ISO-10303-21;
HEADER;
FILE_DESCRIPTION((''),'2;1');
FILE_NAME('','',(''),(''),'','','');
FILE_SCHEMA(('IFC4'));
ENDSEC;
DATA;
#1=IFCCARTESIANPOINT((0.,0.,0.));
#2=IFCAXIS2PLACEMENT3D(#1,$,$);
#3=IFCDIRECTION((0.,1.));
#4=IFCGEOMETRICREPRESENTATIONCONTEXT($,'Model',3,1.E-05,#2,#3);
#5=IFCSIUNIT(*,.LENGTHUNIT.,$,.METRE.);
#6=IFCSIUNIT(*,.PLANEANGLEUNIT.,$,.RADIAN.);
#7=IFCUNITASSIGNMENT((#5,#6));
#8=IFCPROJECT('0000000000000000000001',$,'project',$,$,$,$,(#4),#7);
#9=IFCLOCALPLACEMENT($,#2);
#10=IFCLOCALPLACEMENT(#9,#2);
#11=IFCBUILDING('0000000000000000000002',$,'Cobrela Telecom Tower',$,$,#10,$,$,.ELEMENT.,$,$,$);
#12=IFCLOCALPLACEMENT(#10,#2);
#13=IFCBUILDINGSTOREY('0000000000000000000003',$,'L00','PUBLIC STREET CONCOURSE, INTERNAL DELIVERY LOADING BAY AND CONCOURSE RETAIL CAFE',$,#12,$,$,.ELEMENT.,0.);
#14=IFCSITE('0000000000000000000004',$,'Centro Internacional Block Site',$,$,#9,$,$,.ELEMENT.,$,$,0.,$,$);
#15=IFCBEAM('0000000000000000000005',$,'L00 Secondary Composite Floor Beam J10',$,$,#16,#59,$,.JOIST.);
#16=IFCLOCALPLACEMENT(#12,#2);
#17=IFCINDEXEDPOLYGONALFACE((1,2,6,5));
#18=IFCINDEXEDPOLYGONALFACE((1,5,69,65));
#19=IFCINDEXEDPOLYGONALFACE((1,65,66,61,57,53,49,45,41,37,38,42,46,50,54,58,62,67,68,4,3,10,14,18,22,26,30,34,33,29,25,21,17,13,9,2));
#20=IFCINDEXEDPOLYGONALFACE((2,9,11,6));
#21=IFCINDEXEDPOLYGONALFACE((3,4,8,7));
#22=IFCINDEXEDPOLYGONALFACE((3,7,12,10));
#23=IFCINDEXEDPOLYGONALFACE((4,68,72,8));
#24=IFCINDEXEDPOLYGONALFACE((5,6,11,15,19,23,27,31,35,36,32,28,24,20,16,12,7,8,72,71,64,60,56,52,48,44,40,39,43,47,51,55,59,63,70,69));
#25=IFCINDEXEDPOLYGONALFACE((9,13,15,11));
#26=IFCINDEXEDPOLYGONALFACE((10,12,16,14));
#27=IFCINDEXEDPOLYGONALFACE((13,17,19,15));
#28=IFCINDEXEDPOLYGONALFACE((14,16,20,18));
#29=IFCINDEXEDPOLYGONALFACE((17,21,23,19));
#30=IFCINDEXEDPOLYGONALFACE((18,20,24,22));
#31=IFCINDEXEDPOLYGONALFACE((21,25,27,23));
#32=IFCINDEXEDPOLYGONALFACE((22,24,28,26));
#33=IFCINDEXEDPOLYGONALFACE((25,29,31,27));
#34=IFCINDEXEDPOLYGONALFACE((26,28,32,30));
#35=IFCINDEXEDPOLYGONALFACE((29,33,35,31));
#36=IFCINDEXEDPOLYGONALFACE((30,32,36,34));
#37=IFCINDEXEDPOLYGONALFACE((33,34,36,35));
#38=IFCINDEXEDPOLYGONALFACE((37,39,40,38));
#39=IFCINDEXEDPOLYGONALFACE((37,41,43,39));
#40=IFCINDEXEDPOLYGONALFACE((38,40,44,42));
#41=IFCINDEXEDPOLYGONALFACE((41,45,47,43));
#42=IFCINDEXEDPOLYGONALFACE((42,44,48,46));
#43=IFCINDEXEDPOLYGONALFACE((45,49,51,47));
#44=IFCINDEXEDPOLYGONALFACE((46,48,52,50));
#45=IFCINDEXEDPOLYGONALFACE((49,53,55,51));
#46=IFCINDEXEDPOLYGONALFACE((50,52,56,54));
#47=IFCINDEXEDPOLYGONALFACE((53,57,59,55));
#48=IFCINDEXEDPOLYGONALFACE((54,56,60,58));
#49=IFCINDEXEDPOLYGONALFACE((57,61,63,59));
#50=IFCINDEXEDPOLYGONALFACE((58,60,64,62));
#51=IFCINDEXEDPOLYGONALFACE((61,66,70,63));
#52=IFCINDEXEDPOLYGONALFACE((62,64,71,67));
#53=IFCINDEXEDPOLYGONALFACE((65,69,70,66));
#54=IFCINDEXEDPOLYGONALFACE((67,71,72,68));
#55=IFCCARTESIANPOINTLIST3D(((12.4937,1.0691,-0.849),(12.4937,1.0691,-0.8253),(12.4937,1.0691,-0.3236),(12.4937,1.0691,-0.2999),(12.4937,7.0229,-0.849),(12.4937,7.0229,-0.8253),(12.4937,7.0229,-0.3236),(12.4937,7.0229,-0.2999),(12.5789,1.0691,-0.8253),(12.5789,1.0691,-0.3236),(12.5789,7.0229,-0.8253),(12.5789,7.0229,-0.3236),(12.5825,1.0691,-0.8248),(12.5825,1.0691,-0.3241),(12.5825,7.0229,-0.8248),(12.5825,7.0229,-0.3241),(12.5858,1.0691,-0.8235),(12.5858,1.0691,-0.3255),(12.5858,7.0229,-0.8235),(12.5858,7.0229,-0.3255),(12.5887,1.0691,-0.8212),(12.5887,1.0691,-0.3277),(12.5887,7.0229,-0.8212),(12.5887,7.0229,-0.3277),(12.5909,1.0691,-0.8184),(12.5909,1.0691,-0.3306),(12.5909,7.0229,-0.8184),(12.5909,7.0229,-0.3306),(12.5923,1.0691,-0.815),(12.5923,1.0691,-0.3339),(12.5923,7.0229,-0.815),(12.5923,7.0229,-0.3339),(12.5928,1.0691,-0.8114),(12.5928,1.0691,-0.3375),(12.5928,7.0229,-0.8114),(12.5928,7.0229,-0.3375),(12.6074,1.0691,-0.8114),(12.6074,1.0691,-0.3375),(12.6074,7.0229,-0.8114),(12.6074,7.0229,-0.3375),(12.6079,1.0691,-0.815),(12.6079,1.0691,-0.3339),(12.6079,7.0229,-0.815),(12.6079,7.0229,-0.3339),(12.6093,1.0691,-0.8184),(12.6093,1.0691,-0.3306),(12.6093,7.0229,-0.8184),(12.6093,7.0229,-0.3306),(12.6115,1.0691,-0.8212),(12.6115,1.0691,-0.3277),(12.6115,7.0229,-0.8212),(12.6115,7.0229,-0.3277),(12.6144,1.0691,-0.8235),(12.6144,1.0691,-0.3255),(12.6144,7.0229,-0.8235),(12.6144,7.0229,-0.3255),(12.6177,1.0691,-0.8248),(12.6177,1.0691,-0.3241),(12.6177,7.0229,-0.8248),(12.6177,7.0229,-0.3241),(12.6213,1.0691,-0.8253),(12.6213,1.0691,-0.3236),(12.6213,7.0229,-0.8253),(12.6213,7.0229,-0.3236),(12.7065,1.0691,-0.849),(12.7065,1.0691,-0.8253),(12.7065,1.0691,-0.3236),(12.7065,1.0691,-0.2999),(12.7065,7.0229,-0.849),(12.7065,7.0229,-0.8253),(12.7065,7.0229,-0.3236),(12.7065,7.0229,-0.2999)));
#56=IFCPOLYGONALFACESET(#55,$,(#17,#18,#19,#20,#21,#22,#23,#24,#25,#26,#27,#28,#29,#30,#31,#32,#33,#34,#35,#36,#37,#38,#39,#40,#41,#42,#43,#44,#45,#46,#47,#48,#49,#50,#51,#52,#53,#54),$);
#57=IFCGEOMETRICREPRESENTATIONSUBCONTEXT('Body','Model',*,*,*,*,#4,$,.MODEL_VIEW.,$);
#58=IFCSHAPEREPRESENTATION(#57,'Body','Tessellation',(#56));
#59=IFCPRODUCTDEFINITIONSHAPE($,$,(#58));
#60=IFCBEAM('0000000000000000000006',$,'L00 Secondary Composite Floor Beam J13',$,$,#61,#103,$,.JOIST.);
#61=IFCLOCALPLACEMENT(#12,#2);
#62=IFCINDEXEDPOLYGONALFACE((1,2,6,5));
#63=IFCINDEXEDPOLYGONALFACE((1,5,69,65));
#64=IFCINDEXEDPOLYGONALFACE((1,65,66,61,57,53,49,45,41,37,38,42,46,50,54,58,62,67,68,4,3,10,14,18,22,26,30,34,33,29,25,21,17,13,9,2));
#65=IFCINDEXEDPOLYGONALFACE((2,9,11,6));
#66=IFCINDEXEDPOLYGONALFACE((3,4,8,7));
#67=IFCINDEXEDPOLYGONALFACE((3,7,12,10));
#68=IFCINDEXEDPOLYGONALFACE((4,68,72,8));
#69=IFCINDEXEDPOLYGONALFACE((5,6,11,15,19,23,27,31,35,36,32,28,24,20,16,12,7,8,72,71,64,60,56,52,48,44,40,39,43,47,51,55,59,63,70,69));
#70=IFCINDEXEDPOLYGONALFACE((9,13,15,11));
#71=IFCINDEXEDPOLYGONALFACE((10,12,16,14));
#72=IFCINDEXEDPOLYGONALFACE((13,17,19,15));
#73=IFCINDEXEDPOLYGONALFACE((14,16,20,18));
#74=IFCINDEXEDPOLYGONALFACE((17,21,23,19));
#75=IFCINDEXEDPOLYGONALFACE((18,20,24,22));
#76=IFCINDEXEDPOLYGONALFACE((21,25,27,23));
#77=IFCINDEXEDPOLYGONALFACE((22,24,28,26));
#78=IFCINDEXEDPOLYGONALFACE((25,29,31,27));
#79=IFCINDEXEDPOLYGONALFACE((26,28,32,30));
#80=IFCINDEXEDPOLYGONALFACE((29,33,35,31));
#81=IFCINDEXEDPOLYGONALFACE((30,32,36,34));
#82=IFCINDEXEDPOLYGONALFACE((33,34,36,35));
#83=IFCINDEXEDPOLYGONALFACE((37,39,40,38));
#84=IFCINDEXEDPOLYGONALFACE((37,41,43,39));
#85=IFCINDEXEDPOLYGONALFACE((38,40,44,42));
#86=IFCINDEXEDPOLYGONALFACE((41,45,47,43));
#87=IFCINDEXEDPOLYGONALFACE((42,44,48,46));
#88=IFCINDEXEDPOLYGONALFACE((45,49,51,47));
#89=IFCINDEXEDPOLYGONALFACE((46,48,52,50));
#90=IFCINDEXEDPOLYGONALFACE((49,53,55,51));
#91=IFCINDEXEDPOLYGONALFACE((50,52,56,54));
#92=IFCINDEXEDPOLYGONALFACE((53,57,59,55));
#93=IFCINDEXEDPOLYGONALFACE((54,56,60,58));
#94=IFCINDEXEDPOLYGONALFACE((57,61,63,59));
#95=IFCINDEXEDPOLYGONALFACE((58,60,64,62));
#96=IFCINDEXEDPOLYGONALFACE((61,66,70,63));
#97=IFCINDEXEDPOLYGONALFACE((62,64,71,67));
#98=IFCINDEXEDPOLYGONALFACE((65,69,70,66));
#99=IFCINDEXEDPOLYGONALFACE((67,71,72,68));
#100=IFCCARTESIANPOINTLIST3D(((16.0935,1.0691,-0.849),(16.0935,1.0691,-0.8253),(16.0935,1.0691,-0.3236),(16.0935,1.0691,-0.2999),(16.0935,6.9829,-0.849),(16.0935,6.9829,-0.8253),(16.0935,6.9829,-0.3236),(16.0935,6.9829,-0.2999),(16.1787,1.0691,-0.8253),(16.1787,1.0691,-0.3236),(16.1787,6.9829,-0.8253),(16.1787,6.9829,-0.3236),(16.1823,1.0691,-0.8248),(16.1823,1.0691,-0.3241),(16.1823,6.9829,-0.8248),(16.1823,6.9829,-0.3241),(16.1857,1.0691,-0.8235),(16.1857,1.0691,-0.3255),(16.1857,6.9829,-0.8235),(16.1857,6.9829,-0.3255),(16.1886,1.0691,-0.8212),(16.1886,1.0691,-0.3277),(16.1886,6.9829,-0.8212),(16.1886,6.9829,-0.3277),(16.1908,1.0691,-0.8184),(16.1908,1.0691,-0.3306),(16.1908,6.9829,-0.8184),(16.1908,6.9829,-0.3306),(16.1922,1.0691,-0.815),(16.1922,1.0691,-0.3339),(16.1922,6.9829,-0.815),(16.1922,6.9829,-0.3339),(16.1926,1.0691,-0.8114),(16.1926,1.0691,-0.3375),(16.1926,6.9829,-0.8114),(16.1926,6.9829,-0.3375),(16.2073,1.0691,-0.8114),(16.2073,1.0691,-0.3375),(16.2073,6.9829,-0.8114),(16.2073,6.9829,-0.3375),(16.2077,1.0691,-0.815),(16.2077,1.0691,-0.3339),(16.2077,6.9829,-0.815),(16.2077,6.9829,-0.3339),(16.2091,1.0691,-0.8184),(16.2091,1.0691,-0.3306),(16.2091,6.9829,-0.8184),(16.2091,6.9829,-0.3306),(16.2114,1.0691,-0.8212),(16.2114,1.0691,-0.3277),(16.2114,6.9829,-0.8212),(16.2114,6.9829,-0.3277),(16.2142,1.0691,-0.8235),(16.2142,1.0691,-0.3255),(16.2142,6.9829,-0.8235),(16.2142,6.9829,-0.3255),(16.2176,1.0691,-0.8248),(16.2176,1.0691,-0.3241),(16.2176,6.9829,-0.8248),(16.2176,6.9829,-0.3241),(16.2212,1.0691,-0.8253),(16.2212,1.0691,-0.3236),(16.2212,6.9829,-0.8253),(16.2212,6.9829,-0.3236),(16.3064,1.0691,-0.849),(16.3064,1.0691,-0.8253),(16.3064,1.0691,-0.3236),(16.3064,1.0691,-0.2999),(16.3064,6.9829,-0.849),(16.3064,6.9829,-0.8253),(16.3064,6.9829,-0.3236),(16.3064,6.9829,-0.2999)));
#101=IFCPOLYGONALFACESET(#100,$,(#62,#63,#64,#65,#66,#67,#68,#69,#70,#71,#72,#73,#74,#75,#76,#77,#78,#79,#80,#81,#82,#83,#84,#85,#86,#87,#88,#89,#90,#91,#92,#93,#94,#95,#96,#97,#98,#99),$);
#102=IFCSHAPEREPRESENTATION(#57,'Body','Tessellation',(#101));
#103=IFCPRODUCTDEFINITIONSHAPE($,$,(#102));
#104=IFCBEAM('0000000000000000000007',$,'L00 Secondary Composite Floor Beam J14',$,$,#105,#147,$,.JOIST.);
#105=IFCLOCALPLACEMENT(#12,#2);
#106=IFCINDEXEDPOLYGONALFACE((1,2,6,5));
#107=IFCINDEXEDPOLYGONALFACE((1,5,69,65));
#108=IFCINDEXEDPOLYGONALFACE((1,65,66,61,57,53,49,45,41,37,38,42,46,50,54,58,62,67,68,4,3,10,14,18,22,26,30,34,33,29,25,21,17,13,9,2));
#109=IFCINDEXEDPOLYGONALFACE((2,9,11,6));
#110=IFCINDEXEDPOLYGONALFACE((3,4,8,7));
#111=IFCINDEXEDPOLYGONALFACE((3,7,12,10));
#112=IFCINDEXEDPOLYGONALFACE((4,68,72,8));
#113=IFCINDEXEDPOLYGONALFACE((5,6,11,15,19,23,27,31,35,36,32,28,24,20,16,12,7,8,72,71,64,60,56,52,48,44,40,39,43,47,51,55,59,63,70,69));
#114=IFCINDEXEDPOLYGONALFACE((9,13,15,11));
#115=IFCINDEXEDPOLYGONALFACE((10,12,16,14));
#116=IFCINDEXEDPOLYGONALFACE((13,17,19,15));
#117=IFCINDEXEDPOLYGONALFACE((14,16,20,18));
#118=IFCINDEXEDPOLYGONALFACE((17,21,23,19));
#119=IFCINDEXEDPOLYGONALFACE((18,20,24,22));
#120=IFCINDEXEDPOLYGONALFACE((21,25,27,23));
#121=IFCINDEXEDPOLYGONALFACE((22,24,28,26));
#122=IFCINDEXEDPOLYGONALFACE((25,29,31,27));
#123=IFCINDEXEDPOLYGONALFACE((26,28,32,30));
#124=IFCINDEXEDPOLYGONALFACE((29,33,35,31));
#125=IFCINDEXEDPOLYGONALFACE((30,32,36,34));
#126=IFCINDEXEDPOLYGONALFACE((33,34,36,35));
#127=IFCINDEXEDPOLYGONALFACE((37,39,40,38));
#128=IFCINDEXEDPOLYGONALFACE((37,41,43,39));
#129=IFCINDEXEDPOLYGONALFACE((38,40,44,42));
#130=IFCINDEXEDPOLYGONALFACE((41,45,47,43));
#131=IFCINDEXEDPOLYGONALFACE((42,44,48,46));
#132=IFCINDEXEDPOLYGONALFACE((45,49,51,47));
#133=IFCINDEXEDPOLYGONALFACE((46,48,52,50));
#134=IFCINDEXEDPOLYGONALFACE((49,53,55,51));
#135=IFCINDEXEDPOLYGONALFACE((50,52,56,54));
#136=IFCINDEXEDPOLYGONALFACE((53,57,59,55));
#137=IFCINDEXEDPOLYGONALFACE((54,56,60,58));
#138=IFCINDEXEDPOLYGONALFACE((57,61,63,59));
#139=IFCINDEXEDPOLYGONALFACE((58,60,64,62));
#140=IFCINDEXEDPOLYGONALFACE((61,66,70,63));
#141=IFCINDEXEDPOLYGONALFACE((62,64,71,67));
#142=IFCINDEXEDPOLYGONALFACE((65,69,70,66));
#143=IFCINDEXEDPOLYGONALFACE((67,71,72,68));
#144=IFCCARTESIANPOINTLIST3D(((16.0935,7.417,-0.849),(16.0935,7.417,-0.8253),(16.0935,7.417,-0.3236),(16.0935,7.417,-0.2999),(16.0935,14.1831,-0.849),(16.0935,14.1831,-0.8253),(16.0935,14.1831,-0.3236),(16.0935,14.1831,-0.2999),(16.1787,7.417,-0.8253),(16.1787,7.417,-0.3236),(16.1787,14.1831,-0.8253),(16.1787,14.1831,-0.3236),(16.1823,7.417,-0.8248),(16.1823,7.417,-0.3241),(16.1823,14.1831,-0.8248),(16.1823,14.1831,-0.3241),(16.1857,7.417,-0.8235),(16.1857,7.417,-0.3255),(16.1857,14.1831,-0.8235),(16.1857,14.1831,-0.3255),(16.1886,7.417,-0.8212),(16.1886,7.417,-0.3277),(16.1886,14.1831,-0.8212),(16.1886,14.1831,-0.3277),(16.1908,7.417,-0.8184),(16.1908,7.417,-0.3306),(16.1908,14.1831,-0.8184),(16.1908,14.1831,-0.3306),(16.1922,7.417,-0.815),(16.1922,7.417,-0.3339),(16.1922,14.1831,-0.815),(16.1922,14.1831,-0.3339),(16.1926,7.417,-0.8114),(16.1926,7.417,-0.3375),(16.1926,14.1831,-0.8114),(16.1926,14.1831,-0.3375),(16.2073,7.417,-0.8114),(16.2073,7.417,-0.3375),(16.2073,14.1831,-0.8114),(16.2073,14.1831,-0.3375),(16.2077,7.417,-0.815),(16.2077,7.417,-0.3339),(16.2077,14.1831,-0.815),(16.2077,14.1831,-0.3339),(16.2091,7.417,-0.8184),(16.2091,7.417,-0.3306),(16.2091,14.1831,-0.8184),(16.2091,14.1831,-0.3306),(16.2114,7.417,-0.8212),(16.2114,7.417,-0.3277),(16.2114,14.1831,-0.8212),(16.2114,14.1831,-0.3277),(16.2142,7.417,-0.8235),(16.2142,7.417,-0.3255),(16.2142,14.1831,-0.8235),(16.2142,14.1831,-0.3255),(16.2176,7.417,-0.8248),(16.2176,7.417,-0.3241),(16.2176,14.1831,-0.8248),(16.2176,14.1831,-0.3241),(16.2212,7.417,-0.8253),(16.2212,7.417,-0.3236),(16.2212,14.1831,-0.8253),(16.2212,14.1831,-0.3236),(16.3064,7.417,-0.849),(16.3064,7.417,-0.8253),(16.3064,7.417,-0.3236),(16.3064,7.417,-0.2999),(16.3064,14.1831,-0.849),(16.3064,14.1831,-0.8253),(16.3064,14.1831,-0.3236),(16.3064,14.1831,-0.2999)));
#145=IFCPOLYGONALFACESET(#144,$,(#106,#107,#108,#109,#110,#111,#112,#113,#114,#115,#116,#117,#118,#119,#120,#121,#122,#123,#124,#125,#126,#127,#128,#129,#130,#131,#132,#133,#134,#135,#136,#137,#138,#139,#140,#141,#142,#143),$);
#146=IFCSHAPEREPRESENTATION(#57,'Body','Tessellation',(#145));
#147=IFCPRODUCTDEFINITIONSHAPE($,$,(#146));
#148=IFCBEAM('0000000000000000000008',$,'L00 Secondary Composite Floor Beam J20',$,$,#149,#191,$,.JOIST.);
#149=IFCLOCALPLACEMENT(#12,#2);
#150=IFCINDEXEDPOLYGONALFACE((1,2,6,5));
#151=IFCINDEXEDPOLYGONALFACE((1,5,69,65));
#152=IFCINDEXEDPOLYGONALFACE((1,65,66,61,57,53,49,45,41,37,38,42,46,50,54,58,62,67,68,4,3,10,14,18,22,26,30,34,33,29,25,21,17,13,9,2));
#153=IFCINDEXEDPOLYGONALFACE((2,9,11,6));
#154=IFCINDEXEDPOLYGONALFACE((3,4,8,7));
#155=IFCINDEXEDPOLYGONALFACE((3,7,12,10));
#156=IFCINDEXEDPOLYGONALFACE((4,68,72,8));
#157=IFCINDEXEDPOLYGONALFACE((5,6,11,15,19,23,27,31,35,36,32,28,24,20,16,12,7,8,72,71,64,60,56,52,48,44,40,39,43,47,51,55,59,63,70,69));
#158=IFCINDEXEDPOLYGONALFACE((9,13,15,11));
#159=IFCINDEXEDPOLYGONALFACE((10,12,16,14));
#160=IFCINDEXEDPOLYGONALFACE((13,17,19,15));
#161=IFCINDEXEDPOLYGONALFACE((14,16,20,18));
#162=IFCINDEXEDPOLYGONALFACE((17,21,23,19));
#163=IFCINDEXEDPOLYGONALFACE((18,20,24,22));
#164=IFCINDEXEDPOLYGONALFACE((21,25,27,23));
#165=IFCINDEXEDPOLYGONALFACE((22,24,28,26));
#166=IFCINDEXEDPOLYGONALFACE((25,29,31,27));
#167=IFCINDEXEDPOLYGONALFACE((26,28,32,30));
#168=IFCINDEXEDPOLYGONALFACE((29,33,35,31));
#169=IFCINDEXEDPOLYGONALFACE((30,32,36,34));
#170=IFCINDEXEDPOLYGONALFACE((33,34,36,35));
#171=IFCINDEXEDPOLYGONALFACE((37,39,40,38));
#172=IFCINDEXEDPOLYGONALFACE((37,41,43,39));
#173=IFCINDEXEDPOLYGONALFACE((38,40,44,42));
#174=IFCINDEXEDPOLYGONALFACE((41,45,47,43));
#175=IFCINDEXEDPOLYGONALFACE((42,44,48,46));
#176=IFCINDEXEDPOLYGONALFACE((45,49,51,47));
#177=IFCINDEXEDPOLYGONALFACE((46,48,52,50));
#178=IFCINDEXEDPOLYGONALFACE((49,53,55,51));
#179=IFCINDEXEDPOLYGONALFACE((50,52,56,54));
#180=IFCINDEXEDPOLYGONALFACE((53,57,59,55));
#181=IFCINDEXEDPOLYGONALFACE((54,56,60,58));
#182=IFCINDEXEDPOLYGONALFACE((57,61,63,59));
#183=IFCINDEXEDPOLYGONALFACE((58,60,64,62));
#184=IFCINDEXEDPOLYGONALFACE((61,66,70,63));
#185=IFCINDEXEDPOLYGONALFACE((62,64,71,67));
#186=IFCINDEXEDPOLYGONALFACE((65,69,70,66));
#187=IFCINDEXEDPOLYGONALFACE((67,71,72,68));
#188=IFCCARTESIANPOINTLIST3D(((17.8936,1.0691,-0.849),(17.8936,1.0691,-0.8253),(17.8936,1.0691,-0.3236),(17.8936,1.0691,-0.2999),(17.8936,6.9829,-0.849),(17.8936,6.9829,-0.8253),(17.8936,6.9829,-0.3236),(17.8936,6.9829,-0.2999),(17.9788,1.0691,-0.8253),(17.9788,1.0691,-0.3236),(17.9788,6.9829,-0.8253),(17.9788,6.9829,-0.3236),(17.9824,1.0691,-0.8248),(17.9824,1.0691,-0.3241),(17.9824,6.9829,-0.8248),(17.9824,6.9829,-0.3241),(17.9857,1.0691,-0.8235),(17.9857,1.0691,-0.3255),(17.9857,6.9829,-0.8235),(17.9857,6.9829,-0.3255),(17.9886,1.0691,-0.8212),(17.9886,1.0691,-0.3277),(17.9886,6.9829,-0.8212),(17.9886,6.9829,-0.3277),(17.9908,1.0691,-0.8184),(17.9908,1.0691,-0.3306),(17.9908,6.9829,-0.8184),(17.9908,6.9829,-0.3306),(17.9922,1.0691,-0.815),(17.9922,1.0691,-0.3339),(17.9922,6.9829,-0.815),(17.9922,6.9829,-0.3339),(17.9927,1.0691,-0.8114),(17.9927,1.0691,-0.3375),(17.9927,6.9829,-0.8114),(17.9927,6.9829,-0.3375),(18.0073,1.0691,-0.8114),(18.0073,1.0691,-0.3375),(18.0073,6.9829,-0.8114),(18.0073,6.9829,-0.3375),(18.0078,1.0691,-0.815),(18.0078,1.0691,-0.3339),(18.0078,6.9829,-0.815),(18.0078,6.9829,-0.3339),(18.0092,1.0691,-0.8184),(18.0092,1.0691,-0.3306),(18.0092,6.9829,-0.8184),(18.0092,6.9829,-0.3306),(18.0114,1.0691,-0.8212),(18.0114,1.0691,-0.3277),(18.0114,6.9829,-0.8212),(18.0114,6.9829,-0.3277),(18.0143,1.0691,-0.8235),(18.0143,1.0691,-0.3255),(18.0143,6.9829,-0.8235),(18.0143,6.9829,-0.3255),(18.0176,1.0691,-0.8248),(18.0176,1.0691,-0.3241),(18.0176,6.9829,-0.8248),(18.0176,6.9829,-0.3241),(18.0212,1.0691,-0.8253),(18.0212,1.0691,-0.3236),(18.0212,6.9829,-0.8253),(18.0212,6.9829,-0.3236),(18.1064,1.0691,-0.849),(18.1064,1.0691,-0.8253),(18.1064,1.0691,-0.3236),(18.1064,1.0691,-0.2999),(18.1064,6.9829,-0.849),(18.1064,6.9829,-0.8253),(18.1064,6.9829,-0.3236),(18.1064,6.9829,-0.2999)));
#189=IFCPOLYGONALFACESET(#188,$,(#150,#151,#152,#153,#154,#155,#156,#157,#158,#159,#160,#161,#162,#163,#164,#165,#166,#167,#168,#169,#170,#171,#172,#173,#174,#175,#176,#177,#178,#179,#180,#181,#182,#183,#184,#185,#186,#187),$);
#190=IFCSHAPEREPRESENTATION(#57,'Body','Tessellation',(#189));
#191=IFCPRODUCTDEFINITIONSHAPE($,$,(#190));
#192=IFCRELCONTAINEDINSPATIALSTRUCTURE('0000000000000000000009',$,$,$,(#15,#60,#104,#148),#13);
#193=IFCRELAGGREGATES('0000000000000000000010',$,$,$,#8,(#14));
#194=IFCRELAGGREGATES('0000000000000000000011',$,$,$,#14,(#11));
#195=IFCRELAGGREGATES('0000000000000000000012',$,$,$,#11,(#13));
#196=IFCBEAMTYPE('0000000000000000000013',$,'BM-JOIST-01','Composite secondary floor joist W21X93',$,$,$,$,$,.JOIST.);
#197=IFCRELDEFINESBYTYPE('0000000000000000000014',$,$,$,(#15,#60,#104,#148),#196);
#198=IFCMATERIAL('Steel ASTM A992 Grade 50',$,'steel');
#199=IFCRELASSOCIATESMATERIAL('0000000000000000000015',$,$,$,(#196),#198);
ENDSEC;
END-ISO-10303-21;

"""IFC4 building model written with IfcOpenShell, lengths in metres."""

from ifc_helpers import new_model, si_unit, direction, frame, origin, origin_2d, place, context, subcontext, project, spatial, i_section, extrude, material, material_profile, profile_set, type_object, element, save


model = new_model("IFC4")

# Units and contexts
model_context = context("Model", 3, precision=1e-05, world=origin(), true_north=direction((0.0, 1.0)))
body_context = subcontext(model_context, "Body", "Model", "MODEL_VIEW")
ifc_project = project(units=[si_unit("LENGTHUNIT", "METRE"), si_unit("PLANEANGLEUNIT", "RADIAN")], contexts=[model_context])

# Site, building, storey
site_placement = place(None, origin())
site = spatial("IfcSite", under=ifc_project, at=site_placement, Name="Centro Internacional Block Site", CompositionType="ELEMENT", RefElevation=0.0)
building_placement = place(site_placement, origin())
building = spatial("IfcBuilding", under=site, at=building_placement, Name="Cobrela Telecom Tower", CompositionType="ELEMENT")
storey_placement = place(building_placement, origin())
storey = spatial("IfcBuildingStorey", under=building, at=storey_placement, Name="L00", Description="PUBLIC STREET CONCOURSE, INTERNAL DELIVERY LOADING BAY AND CONCOURSE RETAIL CAFE", CompositionType="ELEMENT", Elevation=0.0)

# Beams
ifc_material_1 = material(Name="Steel ASTM A992 Grade 50", Category="steel")
ifc_material_profile_1 = material_profile(ifc_material_1, i_section(OverallWidth=0.2129, OverallDepth=0.5491, WebThickness=0.0146, FlangeThickness=0.0237, FilletRadius=0.0139, at=origin_2d()), Name="W21X93")
ifc_profile_set_1 = profile_set([ifc_material_profile_1], Name="Steel ASTM A992 Grade 50")
beam_type_1 = type_object("IfcBeamType", Name="BM-JOIST-01", Description="Composite secondary floor joist W21X93", PredefinedType="JOIST", material=ifc_profile_set_1)
for number, where, z_axis, x_axis, name in (
    (1, (12.6001, 1.0691, -0.5745), (0.0, 1.0, 0.0), (-1.0, 0.0, 0.0), "L00 Secondary Composite Floor Beam J10"),
):
    element("IfcBeam", number, at=place(storey_placement, frame(where, z_axis=z_axis, x_axis=x_axis)), inside=storey, type_object=beam_type_1, Name=name, PredefinedType="JOIST", context=body_context, shape_type="SweptSolid", body=[
        extrude(i_section(OverallWidth=0.2129, OverallDepth=0.5491, WebThickness=0.0146, FlangeThickness=0.0237, FilletRadius=0.0139, at=origin_2d()), origin(), (0.0, 0.0, 1.0), 5.9539),
    ])
beam_1_placement = place(storey_placement, frame((16.2, 1.0691, -0.5745), z_axis=(0.0, 1.0, 0.0), x_axis=(-1.0, 0.0, 0.0)))
element("IfcBeam", 2, at=beam_1_placement, inside=storey, type_object=beam_type_1, Name="L00 Secondary Composite Floor Beam J13", PredefinedType="JOIST", context=body_context, shape_type="SweptSolid", body=[
    extrude(i_section(OverallWidth=0.2129, OverallDepth=0.5491, WebThickness=0.0146, FlangeThickness=0.0237, FilletRadius=0.0139, at=origin_2d()), origin(), (0.0, 0.0, 1.0), 5.9138),
])
beam_2_placement = place(storey_placement, frame((16.2, 7.417, -0.5745), z_axis=(0.0, 1.0, 0.0), x_axis=(-1.0, 0.0, 0.0)))
element("IfcBeam", 3, at=beam_2_placement, inside=storey, type_object=beam_type_1, Name="L00 Secondary Composite Floor Beam J14", PredefinedType="JOIST", context=body_context, shape_type="SweptSolid", body=[
    extrude(i_section(OverallWidth=0.2129, OverallDepth=0.5491, WebThickness=0.0146, FlangeThickness=0.0237, FilletRadius=0.0139, at=origin_2d()), origin(), (0.0, 0.0, 1.0), 6.7661),
])
beam_3_placement = place(storey_placement, frame((18.0, 1.0691, -0.5745), z_axis=(0.0, 1.0, 0.0), x_axis=(-1.0, 0.0, 0.0)))
element("IfcBeam", 4, at=beam_3_placement, inside=storey, type_object=beam_type_1, Name="L00 Secondary Composite Floor Beam J20", PredefinedType="JOIST", context=body_context, shape_type="SweptSolid", body=[
    extrude(i_section(OverallWidth=0.2129, OverallDepth=0.5491, WebThickness=0.0146, FlangeThickness=0.0237, FilletRadius=0.0139, at=origin_2d()), origin(), (0.0, 0.0, 1.0), 5.9138),
])

save(model, "model.ifc")
